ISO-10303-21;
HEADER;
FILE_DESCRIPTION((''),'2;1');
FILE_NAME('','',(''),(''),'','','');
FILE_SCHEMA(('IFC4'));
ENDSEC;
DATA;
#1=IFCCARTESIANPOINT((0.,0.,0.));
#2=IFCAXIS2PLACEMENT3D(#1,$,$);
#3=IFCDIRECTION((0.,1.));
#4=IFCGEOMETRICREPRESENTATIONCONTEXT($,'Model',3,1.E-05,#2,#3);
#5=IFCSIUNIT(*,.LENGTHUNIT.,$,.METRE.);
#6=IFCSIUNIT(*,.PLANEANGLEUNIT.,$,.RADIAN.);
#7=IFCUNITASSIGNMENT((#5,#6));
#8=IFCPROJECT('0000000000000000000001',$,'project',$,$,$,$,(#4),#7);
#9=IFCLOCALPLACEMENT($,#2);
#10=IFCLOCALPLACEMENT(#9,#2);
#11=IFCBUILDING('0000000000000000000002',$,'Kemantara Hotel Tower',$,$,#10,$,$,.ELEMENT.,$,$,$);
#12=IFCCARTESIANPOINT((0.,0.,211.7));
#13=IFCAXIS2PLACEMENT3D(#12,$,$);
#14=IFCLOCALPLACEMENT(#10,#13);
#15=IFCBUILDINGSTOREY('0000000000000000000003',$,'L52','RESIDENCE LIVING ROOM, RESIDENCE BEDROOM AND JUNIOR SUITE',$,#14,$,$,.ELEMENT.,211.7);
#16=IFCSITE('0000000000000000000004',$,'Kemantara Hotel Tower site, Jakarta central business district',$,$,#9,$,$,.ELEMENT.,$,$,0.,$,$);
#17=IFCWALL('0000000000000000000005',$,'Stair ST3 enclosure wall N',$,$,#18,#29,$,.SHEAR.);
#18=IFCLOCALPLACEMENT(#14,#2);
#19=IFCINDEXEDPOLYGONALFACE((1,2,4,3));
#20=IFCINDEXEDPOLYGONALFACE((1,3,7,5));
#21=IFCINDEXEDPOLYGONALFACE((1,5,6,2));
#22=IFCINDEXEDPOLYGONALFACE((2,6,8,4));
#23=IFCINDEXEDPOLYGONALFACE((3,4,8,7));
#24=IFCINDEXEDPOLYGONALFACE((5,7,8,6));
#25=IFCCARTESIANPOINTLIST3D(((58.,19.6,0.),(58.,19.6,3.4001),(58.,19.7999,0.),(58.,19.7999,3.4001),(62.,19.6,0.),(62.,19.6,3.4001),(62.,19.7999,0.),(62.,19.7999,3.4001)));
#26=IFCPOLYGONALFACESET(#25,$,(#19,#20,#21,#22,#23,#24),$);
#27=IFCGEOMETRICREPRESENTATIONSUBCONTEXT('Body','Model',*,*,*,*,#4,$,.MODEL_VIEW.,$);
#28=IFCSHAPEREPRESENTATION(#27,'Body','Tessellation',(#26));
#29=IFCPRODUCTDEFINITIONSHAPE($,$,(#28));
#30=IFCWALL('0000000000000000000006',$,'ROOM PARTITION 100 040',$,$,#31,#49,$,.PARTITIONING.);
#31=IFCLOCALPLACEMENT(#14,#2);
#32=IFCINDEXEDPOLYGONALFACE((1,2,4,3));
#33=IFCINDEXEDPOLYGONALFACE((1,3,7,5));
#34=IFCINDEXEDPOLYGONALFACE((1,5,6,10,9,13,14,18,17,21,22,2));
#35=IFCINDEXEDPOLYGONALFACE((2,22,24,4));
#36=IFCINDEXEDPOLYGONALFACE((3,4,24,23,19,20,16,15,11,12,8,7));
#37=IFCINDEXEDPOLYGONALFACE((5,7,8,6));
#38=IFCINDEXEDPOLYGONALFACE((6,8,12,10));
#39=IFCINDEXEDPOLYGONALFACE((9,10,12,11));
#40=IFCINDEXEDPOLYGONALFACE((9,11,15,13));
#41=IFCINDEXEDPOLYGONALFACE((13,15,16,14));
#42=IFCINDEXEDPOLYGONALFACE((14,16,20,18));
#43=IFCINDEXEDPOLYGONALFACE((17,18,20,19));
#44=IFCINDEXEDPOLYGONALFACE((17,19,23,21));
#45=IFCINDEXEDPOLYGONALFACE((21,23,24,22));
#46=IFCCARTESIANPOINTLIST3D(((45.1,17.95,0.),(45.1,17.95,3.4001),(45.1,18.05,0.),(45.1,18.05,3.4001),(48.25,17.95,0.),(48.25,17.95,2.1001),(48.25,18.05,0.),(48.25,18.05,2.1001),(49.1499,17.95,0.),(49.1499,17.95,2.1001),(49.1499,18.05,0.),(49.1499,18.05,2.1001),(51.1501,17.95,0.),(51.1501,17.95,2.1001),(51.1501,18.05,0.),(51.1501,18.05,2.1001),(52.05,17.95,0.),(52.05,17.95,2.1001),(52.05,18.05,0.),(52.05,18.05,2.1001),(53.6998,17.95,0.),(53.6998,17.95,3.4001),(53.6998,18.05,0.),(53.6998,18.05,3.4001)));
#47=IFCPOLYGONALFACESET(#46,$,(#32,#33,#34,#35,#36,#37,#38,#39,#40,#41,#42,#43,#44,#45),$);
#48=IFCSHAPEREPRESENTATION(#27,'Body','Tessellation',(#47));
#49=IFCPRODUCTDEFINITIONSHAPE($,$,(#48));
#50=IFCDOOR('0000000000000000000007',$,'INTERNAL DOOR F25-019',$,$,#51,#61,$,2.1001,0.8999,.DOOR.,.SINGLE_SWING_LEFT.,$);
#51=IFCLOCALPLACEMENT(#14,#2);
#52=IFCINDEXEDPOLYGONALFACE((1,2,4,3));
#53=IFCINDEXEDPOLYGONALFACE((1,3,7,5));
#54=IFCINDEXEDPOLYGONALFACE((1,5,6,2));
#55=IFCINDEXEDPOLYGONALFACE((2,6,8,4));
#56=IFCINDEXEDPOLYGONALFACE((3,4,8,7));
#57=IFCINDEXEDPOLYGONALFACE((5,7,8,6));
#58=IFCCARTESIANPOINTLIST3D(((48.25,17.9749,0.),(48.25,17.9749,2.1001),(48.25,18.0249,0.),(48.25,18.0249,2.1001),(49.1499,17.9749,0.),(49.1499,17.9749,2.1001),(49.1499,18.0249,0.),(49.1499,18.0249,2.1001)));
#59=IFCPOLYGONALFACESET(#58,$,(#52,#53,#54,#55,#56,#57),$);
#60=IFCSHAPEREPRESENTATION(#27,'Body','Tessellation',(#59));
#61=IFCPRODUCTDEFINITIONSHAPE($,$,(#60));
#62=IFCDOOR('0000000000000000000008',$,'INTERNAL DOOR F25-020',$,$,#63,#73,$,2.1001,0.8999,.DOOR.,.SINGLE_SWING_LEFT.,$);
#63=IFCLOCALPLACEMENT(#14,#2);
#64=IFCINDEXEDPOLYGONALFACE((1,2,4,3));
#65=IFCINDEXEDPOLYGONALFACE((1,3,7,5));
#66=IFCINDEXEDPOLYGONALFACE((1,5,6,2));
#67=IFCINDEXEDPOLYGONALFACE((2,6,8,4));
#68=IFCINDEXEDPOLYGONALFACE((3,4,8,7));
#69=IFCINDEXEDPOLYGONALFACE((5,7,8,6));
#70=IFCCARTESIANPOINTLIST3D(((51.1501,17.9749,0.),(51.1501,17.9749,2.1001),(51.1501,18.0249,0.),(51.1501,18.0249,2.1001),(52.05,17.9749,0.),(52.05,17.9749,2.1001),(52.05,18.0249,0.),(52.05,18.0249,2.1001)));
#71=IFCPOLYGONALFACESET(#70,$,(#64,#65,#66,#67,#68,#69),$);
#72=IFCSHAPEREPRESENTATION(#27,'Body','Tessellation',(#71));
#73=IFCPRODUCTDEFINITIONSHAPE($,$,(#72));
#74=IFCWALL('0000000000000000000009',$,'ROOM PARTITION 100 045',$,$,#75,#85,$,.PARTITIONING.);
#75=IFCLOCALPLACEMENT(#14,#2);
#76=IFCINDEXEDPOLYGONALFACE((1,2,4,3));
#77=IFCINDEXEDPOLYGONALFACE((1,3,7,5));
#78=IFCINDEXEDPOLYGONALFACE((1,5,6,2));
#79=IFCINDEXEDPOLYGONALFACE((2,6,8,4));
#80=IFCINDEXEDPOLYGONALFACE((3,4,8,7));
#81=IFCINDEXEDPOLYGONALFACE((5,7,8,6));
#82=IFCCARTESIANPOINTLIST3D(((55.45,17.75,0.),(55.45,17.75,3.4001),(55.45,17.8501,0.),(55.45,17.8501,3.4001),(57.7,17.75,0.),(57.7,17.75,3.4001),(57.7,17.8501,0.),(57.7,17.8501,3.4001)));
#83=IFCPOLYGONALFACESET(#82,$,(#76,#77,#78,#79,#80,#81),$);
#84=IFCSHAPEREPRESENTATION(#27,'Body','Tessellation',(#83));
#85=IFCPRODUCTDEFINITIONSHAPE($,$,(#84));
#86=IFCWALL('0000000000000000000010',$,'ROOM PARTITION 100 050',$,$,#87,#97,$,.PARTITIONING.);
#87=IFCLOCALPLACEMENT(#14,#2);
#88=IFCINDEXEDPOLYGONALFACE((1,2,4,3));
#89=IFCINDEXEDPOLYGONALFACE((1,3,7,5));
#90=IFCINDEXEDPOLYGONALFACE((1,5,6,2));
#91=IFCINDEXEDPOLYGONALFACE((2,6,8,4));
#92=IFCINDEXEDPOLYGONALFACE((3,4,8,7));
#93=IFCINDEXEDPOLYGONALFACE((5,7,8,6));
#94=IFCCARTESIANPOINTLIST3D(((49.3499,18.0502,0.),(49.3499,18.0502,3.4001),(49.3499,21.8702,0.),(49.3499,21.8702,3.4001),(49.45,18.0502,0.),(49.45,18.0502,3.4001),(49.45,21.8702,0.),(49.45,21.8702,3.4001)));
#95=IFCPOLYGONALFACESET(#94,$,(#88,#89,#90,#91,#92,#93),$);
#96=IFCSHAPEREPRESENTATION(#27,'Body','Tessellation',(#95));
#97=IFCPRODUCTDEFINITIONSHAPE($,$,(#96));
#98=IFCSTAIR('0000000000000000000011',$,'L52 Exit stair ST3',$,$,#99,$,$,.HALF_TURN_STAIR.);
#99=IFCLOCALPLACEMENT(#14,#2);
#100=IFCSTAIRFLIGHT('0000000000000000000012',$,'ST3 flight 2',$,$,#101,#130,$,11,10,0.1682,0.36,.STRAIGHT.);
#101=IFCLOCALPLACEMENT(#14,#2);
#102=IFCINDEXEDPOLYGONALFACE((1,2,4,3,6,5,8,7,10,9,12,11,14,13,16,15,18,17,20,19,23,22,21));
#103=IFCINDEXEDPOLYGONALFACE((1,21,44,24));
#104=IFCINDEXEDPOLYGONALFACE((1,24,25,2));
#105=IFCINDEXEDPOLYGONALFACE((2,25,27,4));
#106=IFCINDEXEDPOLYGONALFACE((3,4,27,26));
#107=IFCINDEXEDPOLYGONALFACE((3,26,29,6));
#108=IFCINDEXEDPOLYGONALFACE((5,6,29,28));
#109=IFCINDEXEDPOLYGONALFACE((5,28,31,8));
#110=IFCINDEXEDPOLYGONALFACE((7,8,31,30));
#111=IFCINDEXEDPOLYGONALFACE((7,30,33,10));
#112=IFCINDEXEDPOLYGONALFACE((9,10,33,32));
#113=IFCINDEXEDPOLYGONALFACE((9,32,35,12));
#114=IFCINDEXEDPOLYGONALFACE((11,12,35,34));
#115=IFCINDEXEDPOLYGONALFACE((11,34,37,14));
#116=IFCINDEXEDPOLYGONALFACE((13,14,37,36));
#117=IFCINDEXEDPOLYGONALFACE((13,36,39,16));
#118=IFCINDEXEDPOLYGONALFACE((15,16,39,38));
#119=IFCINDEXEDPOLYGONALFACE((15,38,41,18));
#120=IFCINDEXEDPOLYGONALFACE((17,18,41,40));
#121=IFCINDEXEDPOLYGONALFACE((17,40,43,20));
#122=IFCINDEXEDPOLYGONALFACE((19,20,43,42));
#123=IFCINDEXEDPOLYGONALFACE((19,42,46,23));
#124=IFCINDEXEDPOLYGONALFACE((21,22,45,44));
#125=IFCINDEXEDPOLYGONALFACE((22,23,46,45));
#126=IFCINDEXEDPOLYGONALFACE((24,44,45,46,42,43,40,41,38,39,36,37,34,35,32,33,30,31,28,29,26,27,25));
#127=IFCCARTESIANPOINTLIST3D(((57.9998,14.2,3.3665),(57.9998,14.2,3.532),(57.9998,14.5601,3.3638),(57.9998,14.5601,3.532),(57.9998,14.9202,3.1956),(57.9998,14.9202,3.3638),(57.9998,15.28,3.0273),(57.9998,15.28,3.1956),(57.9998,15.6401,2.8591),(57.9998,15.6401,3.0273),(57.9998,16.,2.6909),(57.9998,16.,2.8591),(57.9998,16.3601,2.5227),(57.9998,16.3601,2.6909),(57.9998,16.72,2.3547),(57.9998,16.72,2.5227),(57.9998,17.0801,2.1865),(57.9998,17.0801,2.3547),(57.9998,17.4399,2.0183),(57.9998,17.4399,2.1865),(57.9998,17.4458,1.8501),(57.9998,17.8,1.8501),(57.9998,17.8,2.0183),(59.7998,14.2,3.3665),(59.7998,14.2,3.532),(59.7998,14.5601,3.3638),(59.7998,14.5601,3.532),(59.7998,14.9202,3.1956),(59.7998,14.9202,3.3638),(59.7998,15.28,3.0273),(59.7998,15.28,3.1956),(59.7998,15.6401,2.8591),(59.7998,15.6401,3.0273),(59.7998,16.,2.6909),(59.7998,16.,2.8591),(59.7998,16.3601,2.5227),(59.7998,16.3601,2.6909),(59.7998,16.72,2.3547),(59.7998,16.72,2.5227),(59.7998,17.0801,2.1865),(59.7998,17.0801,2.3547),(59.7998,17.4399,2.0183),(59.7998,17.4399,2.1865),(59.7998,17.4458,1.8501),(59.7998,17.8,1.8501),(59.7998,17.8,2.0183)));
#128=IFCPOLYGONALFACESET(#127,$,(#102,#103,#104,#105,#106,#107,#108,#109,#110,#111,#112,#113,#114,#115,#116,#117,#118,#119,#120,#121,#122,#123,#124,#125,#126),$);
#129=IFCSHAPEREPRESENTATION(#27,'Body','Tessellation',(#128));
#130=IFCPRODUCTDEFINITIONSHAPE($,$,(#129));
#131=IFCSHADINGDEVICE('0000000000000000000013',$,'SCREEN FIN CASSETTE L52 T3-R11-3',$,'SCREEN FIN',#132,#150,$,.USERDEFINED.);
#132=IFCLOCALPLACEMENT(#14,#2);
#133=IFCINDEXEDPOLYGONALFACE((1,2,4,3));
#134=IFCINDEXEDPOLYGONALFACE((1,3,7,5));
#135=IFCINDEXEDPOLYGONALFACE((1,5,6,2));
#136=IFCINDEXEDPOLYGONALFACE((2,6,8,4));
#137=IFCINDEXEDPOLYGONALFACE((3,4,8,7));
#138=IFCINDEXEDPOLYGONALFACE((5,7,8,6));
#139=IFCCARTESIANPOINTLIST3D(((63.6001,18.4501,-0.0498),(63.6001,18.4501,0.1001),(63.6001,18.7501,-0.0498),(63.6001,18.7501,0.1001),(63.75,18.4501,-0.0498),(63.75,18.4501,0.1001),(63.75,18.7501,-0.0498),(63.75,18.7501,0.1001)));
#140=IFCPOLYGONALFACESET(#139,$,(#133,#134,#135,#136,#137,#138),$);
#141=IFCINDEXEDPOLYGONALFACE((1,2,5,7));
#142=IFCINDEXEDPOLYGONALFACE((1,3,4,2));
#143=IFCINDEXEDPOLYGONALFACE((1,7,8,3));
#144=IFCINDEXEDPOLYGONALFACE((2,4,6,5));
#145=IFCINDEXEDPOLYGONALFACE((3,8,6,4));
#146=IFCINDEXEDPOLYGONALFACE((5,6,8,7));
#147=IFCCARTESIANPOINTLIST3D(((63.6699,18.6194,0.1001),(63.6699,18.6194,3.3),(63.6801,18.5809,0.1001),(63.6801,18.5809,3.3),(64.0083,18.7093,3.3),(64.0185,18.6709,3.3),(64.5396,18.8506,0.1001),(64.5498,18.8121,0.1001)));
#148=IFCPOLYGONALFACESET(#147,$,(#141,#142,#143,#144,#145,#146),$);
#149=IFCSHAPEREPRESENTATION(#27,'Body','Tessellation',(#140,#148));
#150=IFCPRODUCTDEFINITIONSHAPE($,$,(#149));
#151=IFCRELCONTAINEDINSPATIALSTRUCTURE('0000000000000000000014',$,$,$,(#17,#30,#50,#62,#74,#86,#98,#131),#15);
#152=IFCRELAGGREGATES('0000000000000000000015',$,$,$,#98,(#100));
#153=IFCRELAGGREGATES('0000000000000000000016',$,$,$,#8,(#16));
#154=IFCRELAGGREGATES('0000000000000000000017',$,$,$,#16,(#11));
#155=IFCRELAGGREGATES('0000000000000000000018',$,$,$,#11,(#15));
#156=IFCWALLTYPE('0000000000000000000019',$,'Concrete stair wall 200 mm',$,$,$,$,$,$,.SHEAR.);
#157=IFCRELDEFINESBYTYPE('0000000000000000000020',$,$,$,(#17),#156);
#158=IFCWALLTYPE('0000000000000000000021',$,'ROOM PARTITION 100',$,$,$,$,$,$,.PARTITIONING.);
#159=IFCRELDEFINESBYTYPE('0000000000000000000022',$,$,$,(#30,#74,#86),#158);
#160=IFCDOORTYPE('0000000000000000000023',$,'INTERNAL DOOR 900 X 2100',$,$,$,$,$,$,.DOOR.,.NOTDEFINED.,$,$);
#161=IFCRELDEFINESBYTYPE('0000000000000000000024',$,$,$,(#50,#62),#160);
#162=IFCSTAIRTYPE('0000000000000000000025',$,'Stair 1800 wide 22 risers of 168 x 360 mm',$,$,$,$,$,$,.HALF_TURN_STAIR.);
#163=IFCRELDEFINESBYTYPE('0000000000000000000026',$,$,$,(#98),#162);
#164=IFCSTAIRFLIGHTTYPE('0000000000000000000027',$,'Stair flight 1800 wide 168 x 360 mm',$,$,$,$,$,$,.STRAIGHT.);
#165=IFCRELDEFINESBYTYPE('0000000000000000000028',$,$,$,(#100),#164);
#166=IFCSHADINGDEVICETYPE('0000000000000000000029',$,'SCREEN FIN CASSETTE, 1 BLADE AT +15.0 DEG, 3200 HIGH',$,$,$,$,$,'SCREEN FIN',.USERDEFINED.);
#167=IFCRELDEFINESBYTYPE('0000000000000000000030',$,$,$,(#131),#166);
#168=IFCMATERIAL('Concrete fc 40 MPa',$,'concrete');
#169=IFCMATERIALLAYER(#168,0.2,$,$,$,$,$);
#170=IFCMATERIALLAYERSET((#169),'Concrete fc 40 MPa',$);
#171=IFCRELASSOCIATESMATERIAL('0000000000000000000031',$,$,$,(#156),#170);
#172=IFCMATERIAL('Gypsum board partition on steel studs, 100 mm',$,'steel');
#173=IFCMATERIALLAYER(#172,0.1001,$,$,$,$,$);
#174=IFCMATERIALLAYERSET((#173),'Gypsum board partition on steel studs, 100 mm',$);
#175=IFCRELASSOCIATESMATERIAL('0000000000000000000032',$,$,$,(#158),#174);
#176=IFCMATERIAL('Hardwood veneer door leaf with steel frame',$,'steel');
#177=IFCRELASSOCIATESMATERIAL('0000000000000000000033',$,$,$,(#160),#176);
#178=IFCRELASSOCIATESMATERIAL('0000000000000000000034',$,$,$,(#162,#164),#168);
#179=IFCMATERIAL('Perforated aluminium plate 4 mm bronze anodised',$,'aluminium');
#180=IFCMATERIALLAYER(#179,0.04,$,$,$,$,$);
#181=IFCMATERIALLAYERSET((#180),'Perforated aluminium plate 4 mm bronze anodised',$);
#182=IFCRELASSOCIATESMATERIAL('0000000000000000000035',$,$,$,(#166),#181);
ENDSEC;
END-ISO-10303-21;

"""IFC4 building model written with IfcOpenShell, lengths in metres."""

from ifc_helpers import new_model, si_unit, direction, frame, frame_2d, origin, origin_2d, place, context, subcontext, project, spatial, polyline, rectangle, outline, extrude, source, transform, mapped, material, layer, layer_set, type_object, element, fill, aggregate, save


model = new_model("IFC4")

# Units and contexts
model_context = context("Model", 3, precision=1e-05, world=origin(), true_north=direction((0.0, 1.0)))
body_context = subcontext(model_context, "Body", "Model", "MODEL_VIEW")
ifc_project = project(units=[si_unit("LENGTHUNIT", "METRE"), si_unit("PLANEANGLEUNIT", "RADIAN")], contexts=[model_context])

# Site, building, storey
site_placement = place(None, origin())
site = spatial("IfcSite", under=ifc_project, at=site_placement, Name="Kemantara Hotel Tower site, Jakarta central business district", CompositionType="ELEMENT", RefElevation=0.0)
building_placement = place(site_placement, origin())
building = spatial("IfcBuilding", under=site, at=building_placement, Name="Kemantara Hotel Tower", CompositionType="ELEMENT")
storey_placement = place(building_placement, frame((0.0, 0.0, 211.7)))
storey = spatial("IfcBuildingStorey", under=building, at=storey_placement, Name="L52", Description="RESIDENCE LIVING ROOM, RESIDENCE BEDROOM AND JUNIOR SUITE", CompositionType="ELEMENT", Elevation=211.7)

# Wall
ifc_material_1 = material(Name="Concrete fc 40 MPa", Category="concrete")
ifc_layer_1 = layer(ifc_material_1, 0.2)
ifc_layer_set_1 = layer_set([ifc_layer_1], Name="Concrete fc 40 MPa")
wall_type_1 = type_object("IfcWallType", Name="Concrete stair wall 200 mm", PredefinedType="SHEAR", material=ifc_layer_set_1)
wall_1_placement = place(storey_placement, frame((58.0, 19.7, 0.0), z_axis=(0.0, 0.0, 1.0), x_axis=(1.0, 0.0, 0.0)))
element("IfcWall", 1, at=wall_1_placement, inside=storey, type_object=wall_type_1, Name="Stair ST3 enclosure wall N", PredefinedType="SHEAR", context=body_context, shape_type="SweptSolid", body=[
    extrude(rectangle(XDim=4.0, YDim=0.2, at=frame_2d((2.0, 0.0))), origin(), (0.0, 0.0, 1.0), 3.4001),
])

# Wall, openings, doors
ifc_material_2 = material(Name="Gypsum board partition on steel studs, 100 mm", Category="steel")
ifc_layer_2 = layer(ifc_material_2, 0.1001)
ifc_layer_set_2 = layer_set([ifc_layer_2], Name="Gypsum board partition on steel studs, 100 mm")
wall_type_2 = type_object("IfcWallType", Name="ROOM PARTITION 100", PredefinedType="PARTITIONING", material=ifc_layer_set_2)
wall_2_placement = place(storey_placement, frame((45.1001, 18.0, 0.0), z_axis=(0.0, 0.0, 1.0), x_axis=(1.0, 0.0, 0.0)))
wall_2 = element("IfcWall", 2, at=wall_2_placement, inside=storey, type_object=wall_type_2, Name="ROOM PARTITION 100 040", PredefinedType="PARTITIONING", context=body_context, shape_type="SweptSolid", body=[
    extrude(rectangle(XDim=8.5999, YDim=0.1001, at=frame_2d((4.2998, 0.0))), origin(), (0.0, 0.0, 1.0), 3.4001),
])
opening_1_placement = place(wall_2_placement, frame((3.1499, 0.0, 0.0)))
opening_1 = element("IfcOpeningElement", 3, at=opening_1_placement, cuts=wall_2, PredefinedType="OPENING", context=body_context, shape_type="SweptSolid", body=[
    extrude(rectangle(XDim=0.8999, YDim=2.1001, at=frame_2d((0.45, 1.05))), frame((0.0, 0.0601, 0.0), z_axis=(0.0, -1.0, 0.0), x_axis=(1.0, 0.0, 0.0)), (0.0, 0.0, 1.0), 0.1201),
])
opening_2_placement = place(wall_2_placement, frame((6.05, 0.0, 0.0)))
opening_2 = element("IfcOpeningElement", 4, at=opening_2_placement, cuts=wall_2, PredefinedType="OPENING", context=body_context, shape_type="SweptSolid", body=[
    extrude(rectangle(XDim=0.8999, YDim=2.1001, at=frame_2d((0.45, 1.05))), frame((0.0, 0.0601, 0.0), z_axis=(0.0, -1.0, 0.0), x_axis=(1.0, 0.0, 0.0)), (0.0, 0.0, 1.0), 0.1201),
])
ifc_material_3 = material(Name="Hardwood veneer door leaf with steel frame", Category="steel")
door_type = type_object("IfcDoorType", Name="INTERNAL DOOR 900 X 2100", OperationType="NOTDEFINED", PredefinedType="DOOR", material=ifc_material_3)
door_1_placement = place(opening_1_placement, origin())
door_1 = element("IfcDoor", 5, at=door_1_placement, inside=storey, type_object=door_type, Name="INTERNAL DOOR F25-019", OperationType="SINGLE_SWING_LEFT", OverallHeight=2.1001, OverallWidth=0.8999, PredefinedType="DOOR", context=body_context, shape_type="SweptSolid", body=[
    extrude(rectangle(XDim=0.8999, YDim=2.1001, at=frame_2d((0.45, 1.05))), frame((0.0, 0.0249, 0.0), z_axis=(0.0, -1.0, 0.0), x_axis=(1.0, 0.0, 0.0)), (0.0, 0.0, 1.0), 0.05),
])
fill(opening_1, door_1)
door_2_placement = place(opening_2_placement, origin())
door_2 = element("IfcDoor", 6, at=door_2_placement, inside=storey, type_object=door_type, Name="INTERNAL DOOR F25-020", OperationType="SINGLE_SWING_LEFT", OverallHeight=2.1001, OverallWidth=0.8999, PredefinedType="DOOR", context=body_context, shape_type="SweptSolid", body=[
    extrude(rectangle(XDim=0.8999, YDim=2.1001, at=frame_2d((0.45, 1.05))), frame((0.0, 0.0249, 0.0), z_axis=(0.0, -1.0, 0.0), x_axis=(1.0, 0.0, 0.0)), (0.0, 0.0, 1.0), 0.05),
])
fill(opening_2, door_2)

# Walls
wall_3_placement = place(storey_placement, frame((55.45, 17.8, 0.0), z_axis=(0.0, 0.0, 1.0), x_axis=(1.0, 0.0, 0.0)))
element("IfcWall", 7, at=wall_3_placement, inside=storey, type_object=wall_type_2, Name="ROOM PARTITION 100 045", PredefinedType="PARTITIONING", context=body_context, shape_type="SweptSolid", body=[
    extrude(rectangle(XDim=2.25, YDim=0.1001, at=frame_2d((1.125, 0.0))), origin(), (0.0, 0.0, 1.0), 3.4001),
])
wall_4_placement = place(storey_placement, frame((49.3999, 18.05, 0.0), z_axis=(0.0, 0.0, 1.0), x_axis=(0.0, 1.0, 0.0)))
element("IfcWall", 8, at=wall_4_placement, inside=storey, type_object=wall_type_2, Name="ROOM PARTITION 100 050", PredefinedType="PARTITIONING", context=body_context, shape_type="SweptSolid", body=[
    extrude(rectangle(XDim=3.8201, YDim=0.1001, at=frame_2d((1.9102, 0.0))), origin(), (0.0, 0.0, 1.0), 3.4001),
])

# Stair, stair flight
stair_type = type_object("IfcStairType", Name="Stair 1800 wide 22 risers of 168 x 360 mm", PredefinedType="HALF_TURN_STAIR", material=ifc_material_1)
stair_placement = place(storey_placement, origin())
stair = element("IfcStair", 9, at=stair_placement, inside=storey, type_object=stair_type, Name="L52 Exit stair ST3", PredefinedType="HALF_TURN_STAIR")
stair_flight_type = type_object("IfcStairFlightType", Name="Stair flight 1800 wide 168 x 360 mm", PredefinedType="STRAIGHT", material=ifc_material_1)
stair_flight_placement = place(storey_placement, frame((58.8999, 17.8, 1.8501), z_axis=(0.0, 0.0, 1.0), x_axis=(0.0, -1.0, 0.0)))
stair_flight = element("IfcStairFlight", 10, at=stair_flight_placement, type_object=stair_flight_type, Name="ST3 flight 2", NumberOfRisers=11, NumberOfTreads=10, PredefinedType="STRAIGHT", RiserHeight=0.1682, TreadLength=0.36, context=body_context, shape_type="SweptSolid", body=[
    extrude(outline(polyline([(0.0, 0.0), (0.0, 0.1682), (0.3601, 0.1682), (0.3601, 0.3364), (0.72, 0.3364), (0.72, 0.5046), (1.0801, 0.5046), (1.0801, 0.6726), (1.4399, 0.6726), (1.4399, 0.8408), (1.8, 0.8408), (1.8, 1.009), (2.1599, 1.009), (2.1599, 1.1772), (2.52, 1.1772), (2.52, 1.3455), (2.8799, 1.3455), (2.8799, 1.5137), (3.24, 1.5137), (3.24, 1.6819), (3.6001, 1.6819), (3.6001, 1.8501), (3.6001, 1.5164), (0.3542, 0.0), (0.0, 0.0)])), frame((0.0, 0.8999, 0.0), z_axis=(0.0, -1.0, 0.0), x_axis=(1.0, 0.0, 0.0)), (0.0, 0.0, 1.0), 1.8),
])
aggregate(stair, [stair_flight])

# Shading device
ifc_material_4 = material(Name="Perforated aluminium plate 4 mm bronze anodised", Category="aluminium")
ifc_layer_3 = layer(ifc_material_4, 0.04)
ifc_layer_set_3 = layer_set([ifc_layer_3], Name="Perforated aluminium plate 4 mm bronze anodised")
shading_device_type = type_object("IfcShadingDeviceType", Name="SCREEN FIN CASSETTE, 1 BLADE AT +15.0 DEG, 3200 HIGH", ElementType="SCREEN FIN", PredefinedType="USERDEFINED", material=ifc_layer_set_3)
shared_shape_1 = source(origin(), body_context, "Body", "SweptSolid", [
    extrude(rectangle(XDim=0.3, YDim=0.1499, at=origin_2d()), frame((0.0, -0.075, -0.1499), z_axis=(0.0, 0.0, 1.0), x_axis=(1.0, 0.0, 0.0)), (0.0, 0.0, 1.0), 0.1499),
    extrude(outline(polyline([(0.0, 0.0), (0.8999, 0.0), (0.3501, 3.2), (0.0, 3.2), (0.0, 0.0)])), frame((0.0193, -0.0698, 0.0), z_axis=(-0.966438, -0.256901, 0.0), x_axis=(0.256901, -0.966438, 0.0)), (0.0, 0.0, 1.0), 0.0398),
])
shading_device_placement = place(storey_placement, frame((63.6001, 18.6001, 0.1001), z_axis=(0.0, 0.0, 1.0), x_axis=(0.0, 1.0, 0.0)))
element("IfcShadingDevice", 11, at=shading_device_placement, inside=storey, type_object=shading_device_type, Name="SCREEN FIN CASSETTE L52 T3-R11-3", ObjectType="SCREEN FIN", PredefinedType="USERDEFINED", context=body_context, shape_type="MappedRepresentation", body=[
    mapped(shared_shape_1, transform((0.0, 0.0, 0.0))),
])

save(model, "model.ifc")
